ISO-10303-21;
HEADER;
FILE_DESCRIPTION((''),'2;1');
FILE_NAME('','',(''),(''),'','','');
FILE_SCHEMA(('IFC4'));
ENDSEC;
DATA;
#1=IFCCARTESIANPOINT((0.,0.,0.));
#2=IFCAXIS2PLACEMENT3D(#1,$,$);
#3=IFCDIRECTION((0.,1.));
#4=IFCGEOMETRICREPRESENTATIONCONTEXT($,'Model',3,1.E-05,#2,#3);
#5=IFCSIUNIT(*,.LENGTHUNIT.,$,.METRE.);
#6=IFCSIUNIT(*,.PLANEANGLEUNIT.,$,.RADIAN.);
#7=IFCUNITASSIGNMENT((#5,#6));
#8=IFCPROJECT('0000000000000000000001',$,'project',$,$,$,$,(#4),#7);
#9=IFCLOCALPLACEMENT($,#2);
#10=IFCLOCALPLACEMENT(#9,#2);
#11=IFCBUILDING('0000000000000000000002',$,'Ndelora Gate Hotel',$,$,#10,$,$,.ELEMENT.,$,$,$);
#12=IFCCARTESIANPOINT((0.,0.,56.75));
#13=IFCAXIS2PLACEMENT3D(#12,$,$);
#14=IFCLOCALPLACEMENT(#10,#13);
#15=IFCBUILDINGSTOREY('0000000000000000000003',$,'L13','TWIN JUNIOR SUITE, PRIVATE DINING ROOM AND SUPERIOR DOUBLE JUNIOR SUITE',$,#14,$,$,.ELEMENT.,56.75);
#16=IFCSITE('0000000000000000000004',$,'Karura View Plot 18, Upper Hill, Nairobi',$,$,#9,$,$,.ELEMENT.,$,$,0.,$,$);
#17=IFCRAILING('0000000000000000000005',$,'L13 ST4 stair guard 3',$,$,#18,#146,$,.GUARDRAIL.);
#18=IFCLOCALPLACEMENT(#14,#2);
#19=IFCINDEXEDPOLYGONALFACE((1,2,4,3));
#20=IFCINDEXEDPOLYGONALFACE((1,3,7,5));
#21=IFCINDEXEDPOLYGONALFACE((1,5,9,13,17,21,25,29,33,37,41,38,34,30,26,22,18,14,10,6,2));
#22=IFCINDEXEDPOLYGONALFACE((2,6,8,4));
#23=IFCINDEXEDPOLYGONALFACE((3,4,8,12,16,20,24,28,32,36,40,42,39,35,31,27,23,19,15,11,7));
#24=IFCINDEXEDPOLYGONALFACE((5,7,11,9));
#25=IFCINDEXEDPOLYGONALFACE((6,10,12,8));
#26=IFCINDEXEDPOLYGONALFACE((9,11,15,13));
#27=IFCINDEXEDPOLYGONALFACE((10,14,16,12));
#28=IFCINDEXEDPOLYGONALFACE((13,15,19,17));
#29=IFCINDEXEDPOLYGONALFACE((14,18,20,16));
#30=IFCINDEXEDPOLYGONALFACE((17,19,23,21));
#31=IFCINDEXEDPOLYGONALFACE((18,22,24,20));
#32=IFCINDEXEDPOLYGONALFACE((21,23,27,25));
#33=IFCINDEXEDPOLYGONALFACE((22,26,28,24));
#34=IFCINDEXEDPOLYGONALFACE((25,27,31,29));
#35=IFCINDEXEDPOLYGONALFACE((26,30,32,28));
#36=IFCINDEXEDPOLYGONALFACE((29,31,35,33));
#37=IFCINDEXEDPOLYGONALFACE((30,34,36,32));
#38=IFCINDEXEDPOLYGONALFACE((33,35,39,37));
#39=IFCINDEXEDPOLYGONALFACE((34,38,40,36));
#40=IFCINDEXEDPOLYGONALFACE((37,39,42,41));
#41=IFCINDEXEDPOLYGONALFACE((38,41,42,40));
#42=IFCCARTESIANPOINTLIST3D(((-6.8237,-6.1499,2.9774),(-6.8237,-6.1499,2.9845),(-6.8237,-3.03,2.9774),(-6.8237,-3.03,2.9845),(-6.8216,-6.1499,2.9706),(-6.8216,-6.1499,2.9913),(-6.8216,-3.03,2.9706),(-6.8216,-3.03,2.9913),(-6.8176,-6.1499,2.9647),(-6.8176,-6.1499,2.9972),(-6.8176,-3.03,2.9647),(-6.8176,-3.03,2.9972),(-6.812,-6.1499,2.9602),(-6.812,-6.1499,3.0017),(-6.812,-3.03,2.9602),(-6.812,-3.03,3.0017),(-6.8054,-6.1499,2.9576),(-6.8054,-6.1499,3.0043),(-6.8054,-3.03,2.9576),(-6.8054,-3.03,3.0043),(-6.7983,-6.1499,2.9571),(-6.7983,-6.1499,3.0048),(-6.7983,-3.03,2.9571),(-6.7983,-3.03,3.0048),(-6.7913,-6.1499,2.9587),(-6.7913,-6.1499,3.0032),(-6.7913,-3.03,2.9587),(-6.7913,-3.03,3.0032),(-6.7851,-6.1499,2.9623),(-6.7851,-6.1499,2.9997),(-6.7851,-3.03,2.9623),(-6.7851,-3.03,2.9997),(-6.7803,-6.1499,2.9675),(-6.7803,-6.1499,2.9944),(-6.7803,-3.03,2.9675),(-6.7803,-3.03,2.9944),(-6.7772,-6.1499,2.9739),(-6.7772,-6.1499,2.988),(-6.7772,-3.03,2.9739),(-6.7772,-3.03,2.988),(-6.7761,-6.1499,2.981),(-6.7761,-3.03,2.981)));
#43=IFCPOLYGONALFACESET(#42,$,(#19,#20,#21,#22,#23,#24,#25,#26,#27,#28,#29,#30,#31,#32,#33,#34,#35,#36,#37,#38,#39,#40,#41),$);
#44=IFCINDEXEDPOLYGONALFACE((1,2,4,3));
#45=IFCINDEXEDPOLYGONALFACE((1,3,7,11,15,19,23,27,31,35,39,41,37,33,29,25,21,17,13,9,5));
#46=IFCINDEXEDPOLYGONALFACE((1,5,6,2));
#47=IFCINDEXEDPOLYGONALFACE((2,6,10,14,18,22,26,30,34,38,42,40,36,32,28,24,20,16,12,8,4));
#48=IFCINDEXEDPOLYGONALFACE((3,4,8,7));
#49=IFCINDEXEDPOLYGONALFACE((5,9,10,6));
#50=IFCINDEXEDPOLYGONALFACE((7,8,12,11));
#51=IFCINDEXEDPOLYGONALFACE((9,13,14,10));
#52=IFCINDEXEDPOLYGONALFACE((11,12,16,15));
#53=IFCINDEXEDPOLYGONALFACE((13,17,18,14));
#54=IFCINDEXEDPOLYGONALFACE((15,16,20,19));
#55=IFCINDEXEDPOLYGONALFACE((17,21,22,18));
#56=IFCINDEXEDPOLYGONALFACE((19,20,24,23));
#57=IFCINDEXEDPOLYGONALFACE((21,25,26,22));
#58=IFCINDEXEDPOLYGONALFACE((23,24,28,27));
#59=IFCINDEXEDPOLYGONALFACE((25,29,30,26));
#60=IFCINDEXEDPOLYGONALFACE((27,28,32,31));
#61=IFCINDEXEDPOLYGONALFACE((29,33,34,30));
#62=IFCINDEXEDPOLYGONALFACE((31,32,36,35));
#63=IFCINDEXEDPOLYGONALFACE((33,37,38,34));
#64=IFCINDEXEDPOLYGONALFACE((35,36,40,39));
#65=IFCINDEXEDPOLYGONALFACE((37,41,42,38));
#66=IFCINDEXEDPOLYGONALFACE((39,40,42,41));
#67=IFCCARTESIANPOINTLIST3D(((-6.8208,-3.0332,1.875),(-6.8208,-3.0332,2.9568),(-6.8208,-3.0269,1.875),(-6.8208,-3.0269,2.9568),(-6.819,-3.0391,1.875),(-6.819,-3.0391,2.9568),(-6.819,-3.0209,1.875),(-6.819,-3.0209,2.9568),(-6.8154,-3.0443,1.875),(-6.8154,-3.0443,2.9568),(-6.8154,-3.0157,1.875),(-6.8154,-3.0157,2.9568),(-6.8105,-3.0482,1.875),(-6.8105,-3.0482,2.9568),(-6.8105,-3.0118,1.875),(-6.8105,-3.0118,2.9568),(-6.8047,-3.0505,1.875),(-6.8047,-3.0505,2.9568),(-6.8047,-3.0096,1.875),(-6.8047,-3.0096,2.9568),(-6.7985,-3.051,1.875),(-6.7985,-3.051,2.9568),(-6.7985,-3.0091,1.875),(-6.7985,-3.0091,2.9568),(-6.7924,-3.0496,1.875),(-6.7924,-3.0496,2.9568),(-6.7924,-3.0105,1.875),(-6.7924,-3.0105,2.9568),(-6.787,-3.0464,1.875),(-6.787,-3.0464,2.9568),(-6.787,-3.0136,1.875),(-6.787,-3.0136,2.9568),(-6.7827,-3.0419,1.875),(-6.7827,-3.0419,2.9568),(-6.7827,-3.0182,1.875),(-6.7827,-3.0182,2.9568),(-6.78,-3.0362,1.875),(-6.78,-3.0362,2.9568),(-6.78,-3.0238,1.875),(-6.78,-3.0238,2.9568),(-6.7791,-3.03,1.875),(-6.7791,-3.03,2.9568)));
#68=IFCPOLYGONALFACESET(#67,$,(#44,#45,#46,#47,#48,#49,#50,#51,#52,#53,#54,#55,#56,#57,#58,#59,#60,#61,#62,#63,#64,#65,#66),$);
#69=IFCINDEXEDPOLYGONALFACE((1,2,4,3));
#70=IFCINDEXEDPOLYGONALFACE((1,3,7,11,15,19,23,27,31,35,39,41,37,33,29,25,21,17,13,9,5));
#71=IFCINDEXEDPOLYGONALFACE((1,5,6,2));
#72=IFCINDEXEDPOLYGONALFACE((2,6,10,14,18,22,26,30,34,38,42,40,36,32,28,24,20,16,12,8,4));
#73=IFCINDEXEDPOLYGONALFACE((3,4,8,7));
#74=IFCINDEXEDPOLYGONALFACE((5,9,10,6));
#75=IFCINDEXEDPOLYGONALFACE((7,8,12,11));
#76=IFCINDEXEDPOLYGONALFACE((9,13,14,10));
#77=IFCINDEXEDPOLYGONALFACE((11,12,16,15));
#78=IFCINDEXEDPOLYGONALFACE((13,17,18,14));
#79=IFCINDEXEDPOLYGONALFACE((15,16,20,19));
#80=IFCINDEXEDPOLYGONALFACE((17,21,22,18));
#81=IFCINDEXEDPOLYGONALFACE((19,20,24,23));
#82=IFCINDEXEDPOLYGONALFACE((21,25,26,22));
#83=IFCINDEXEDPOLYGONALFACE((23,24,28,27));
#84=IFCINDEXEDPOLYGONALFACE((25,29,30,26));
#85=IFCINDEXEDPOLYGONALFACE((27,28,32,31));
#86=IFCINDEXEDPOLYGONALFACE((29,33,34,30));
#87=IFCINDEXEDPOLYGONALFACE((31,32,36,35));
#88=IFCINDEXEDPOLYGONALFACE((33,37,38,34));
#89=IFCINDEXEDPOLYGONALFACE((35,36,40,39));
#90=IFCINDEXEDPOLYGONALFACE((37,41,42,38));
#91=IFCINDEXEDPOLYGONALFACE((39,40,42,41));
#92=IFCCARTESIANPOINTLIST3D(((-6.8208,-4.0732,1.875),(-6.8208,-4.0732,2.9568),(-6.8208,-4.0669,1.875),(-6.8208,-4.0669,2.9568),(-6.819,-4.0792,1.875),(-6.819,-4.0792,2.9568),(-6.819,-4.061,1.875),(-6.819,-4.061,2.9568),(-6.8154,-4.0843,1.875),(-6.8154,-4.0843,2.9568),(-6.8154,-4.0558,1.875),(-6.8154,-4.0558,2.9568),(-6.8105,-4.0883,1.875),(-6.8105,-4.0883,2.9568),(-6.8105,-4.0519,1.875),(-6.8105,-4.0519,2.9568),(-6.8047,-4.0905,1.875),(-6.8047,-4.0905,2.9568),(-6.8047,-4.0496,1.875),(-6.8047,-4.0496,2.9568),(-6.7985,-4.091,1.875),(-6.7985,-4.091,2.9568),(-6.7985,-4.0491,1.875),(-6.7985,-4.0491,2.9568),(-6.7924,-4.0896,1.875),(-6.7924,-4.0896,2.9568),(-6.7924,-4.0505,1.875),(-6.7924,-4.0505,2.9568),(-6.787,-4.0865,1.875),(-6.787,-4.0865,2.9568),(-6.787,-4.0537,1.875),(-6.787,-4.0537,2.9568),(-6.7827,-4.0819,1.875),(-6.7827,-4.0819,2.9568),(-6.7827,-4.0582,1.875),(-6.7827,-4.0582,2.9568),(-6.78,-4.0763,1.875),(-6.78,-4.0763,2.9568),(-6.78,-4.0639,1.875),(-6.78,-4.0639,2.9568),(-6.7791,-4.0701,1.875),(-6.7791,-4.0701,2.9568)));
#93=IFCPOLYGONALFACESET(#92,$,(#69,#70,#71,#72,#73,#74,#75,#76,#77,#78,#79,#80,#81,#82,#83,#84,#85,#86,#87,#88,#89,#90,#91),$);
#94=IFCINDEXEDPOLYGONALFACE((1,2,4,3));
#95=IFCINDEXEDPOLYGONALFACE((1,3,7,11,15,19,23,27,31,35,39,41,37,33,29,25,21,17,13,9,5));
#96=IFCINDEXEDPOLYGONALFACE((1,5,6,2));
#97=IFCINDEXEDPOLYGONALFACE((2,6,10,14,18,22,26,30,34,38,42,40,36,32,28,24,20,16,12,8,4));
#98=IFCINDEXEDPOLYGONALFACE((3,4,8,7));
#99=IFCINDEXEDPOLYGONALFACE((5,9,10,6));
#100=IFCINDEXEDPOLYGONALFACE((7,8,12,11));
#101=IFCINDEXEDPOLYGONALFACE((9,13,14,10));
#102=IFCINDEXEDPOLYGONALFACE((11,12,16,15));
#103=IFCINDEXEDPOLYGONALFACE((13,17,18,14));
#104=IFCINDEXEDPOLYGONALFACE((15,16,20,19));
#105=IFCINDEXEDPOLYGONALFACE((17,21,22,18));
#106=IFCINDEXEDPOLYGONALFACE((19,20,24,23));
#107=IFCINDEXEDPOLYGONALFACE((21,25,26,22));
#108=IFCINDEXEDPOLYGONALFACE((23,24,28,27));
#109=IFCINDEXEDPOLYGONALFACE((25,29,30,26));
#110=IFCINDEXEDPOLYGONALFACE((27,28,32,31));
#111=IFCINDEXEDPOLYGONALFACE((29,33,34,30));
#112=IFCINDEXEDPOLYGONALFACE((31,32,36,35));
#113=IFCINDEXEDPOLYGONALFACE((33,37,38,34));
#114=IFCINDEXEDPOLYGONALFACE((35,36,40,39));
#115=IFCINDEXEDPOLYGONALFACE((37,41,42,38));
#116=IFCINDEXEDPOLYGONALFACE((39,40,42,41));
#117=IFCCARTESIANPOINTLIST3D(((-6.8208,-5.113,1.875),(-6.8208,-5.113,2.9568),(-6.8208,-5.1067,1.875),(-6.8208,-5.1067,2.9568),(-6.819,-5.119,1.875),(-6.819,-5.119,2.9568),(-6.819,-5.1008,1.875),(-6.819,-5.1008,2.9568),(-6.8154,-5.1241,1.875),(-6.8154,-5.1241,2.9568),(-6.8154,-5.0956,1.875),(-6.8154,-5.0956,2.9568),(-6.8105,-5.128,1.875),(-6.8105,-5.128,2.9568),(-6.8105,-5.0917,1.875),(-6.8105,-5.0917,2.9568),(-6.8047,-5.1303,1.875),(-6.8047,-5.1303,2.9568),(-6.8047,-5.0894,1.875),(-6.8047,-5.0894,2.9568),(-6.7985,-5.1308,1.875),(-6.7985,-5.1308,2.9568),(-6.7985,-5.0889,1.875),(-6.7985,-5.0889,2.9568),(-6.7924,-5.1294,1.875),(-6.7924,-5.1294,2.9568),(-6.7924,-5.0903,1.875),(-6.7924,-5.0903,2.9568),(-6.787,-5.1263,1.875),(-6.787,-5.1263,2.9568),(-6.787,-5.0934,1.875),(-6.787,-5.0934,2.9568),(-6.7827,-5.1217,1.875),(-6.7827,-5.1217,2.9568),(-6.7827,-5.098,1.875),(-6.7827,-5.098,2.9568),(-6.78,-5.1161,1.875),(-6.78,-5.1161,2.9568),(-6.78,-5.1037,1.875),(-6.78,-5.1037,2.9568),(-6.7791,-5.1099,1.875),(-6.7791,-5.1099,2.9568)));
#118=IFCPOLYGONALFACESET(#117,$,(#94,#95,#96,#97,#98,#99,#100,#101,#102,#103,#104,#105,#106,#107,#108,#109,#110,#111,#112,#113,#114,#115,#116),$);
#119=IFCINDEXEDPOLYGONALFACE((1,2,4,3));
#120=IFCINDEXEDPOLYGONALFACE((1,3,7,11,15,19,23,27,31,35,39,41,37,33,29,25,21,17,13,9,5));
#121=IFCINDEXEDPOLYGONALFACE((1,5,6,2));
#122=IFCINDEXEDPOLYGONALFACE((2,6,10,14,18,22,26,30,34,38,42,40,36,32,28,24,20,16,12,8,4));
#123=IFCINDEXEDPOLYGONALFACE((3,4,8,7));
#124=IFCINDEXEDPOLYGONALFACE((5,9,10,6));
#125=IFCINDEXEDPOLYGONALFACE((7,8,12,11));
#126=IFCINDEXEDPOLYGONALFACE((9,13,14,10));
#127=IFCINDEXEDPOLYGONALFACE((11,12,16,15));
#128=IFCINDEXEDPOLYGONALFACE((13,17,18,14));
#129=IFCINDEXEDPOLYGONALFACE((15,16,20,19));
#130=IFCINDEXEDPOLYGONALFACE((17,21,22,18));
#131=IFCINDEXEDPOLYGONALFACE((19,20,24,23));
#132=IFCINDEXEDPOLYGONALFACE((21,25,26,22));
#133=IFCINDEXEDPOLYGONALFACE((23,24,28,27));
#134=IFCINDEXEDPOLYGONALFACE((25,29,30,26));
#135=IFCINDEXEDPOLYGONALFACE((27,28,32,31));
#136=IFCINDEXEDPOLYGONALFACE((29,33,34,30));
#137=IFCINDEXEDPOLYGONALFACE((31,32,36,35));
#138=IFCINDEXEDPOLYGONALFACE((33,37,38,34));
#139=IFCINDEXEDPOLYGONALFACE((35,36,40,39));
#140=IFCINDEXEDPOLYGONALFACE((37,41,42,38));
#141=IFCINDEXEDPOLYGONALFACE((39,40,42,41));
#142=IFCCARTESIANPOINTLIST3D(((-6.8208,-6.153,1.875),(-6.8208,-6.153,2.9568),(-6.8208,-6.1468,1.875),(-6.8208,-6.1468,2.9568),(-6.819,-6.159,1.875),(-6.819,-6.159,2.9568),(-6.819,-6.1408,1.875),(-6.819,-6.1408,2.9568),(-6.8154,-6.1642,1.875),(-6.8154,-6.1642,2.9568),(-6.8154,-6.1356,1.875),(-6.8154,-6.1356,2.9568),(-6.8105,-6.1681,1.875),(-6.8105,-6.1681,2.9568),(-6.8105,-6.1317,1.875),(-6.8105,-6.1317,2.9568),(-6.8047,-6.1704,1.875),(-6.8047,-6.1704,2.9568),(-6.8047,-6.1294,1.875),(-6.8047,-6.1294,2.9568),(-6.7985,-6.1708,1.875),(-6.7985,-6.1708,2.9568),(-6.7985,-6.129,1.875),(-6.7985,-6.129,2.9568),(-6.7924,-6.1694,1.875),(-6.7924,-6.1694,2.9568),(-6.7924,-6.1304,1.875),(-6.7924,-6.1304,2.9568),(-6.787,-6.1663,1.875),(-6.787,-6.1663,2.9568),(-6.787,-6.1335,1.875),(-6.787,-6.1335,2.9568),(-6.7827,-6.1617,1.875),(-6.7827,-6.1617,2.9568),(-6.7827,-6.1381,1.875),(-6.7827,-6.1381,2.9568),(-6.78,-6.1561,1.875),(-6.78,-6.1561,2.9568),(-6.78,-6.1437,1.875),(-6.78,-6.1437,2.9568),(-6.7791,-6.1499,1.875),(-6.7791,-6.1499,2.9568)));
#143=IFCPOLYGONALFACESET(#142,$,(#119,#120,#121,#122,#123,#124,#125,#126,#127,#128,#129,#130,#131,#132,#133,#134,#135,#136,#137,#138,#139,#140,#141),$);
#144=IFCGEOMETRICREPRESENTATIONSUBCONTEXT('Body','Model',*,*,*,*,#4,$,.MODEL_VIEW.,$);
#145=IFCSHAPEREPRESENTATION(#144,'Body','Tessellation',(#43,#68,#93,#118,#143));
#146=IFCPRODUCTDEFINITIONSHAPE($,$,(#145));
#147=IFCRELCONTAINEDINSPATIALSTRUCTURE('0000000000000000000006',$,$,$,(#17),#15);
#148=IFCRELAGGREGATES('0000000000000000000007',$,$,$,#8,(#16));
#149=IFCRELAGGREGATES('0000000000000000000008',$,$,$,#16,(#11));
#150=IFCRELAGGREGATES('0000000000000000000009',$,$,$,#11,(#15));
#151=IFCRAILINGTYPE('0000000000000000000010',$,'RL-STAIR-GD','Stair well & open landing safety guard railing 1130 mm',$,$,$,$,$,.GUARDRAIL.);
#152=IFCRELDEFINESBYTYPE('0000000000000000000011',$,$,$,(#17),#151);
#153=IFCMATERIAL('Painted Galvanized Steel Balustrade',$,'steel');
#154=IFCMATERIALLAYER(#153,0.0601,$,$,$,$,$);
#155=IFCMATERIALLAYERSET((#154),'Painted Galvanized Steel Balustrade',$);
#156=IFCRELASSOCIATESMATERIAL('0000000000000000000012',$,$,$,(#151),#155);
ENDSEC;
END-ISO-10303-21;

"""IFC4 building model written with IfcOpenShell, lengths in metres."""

from ifc_helpers import new_model, si_unit, direction, frame, origin, origin_2d, place, context, subcontext, project, spatial, circle, extrude, material, layer, layer_set, type_object, element, save


model = new_model("IFC4")

# Units and contexts
model_context = context("Model", 3, precision=1e-05, world=origin(), true_north=direction((0.0, 1.0)))
body_context = subcontext(model_context, "Body", "Model", "MODEL_VIEW")
ifc_project = project(units=[si_unit("LENGTHUNIT", "METRE"), si_unit("PLANEANGLEUNIT", "RADIAN")], contexts=[model_context])

# Site, building, storey
site_placement = place(None, origin())
site = spatial("IfcSite", under=ifc_project, at=site_placement, Name="Karura View Plot 18, Upper Hill, Nairobi", CompositionType="ELEMENT", RefElevation=0.0)
building_placement = place(site_placement, origin())
building = spatial("IfcBuilding", under=site, at=building_placement, Name="Ndelora Gate Hotel", CompositionType="ELEMENT")
storey_placement = place(building_placement, frame((0.0, 0.0, 56.75)))
storey = spatial("IfcBuildingStorey", under=building, at=storey_placement, Name="L13", Description="TWIN JUNIOR SUITE, PRIVATE DINING ROOM AND SUPERIOR DOUBLE JUNIOR SUITE", CompositionType="ELEMENT", Elevation=56.75)

# Railing
ifc_material_1 = material(Name="Painted Galvanized Steel Balustrade", Category="steel")
ifc_layer_1 = layer(ifc_material_1, 0.0601)
ifc_layer_set_1 = layer_set([ifc_layer_1], Name="Painted Galvanized Steel Balustrade")
railing_type_1 = type_object("IfcRailingType", Name="RL-STAIR-GD", Description="Stair well & open landing safety guard railing 1130 mm", PredefinedType="GUARDRAIL", material=ifc_layer_set_1)
for number, where, name in (
    (1, (-6.8, -3.03, 1.875), "L13 ST4 stair guard 3"),
):
    element("IfcRailing", number, at=place(storey_placement, frame(where)), inside=storey, type_object=railing_type_1, Name=name, PredefinedType="GUARDRAIL", context=body_context, shape_type="SweptSolid", body=[
        extrude(circle(Radius=0.0239, at=origin_2d()), frame((0.0, 0.0, 1.106), z_axis=(0.0, -1.0, 0.0), x_axis=(1.0, 0.0, 0.0)), (0.0, 0.0, 1.0), 3.1199),
        extrude(circle(Radius=0.021, at=origin_2d()), origin(), (0.0, 0.0, 1.0), 1.0818),
        extrude(circle(Radius=0.021, at=origin_2d()), frame((0.0, -1.04, 0.0)), (0.0, 0.0, 1.0), 1.0818),
        extrude(circle(Radius=0.021, at=origin_2d()), frame((0.0, -2.0798, 0.0)), (0.0, 0.0, 1.0), 1.0818),
        extrude(circle(Radius=0.021, at=origin_2d()), frame((0.0, -3.1199, 0.0)), (0.0, 0.0, 1.0), 1.0818),
    ])

save(model, "model.ifc")
